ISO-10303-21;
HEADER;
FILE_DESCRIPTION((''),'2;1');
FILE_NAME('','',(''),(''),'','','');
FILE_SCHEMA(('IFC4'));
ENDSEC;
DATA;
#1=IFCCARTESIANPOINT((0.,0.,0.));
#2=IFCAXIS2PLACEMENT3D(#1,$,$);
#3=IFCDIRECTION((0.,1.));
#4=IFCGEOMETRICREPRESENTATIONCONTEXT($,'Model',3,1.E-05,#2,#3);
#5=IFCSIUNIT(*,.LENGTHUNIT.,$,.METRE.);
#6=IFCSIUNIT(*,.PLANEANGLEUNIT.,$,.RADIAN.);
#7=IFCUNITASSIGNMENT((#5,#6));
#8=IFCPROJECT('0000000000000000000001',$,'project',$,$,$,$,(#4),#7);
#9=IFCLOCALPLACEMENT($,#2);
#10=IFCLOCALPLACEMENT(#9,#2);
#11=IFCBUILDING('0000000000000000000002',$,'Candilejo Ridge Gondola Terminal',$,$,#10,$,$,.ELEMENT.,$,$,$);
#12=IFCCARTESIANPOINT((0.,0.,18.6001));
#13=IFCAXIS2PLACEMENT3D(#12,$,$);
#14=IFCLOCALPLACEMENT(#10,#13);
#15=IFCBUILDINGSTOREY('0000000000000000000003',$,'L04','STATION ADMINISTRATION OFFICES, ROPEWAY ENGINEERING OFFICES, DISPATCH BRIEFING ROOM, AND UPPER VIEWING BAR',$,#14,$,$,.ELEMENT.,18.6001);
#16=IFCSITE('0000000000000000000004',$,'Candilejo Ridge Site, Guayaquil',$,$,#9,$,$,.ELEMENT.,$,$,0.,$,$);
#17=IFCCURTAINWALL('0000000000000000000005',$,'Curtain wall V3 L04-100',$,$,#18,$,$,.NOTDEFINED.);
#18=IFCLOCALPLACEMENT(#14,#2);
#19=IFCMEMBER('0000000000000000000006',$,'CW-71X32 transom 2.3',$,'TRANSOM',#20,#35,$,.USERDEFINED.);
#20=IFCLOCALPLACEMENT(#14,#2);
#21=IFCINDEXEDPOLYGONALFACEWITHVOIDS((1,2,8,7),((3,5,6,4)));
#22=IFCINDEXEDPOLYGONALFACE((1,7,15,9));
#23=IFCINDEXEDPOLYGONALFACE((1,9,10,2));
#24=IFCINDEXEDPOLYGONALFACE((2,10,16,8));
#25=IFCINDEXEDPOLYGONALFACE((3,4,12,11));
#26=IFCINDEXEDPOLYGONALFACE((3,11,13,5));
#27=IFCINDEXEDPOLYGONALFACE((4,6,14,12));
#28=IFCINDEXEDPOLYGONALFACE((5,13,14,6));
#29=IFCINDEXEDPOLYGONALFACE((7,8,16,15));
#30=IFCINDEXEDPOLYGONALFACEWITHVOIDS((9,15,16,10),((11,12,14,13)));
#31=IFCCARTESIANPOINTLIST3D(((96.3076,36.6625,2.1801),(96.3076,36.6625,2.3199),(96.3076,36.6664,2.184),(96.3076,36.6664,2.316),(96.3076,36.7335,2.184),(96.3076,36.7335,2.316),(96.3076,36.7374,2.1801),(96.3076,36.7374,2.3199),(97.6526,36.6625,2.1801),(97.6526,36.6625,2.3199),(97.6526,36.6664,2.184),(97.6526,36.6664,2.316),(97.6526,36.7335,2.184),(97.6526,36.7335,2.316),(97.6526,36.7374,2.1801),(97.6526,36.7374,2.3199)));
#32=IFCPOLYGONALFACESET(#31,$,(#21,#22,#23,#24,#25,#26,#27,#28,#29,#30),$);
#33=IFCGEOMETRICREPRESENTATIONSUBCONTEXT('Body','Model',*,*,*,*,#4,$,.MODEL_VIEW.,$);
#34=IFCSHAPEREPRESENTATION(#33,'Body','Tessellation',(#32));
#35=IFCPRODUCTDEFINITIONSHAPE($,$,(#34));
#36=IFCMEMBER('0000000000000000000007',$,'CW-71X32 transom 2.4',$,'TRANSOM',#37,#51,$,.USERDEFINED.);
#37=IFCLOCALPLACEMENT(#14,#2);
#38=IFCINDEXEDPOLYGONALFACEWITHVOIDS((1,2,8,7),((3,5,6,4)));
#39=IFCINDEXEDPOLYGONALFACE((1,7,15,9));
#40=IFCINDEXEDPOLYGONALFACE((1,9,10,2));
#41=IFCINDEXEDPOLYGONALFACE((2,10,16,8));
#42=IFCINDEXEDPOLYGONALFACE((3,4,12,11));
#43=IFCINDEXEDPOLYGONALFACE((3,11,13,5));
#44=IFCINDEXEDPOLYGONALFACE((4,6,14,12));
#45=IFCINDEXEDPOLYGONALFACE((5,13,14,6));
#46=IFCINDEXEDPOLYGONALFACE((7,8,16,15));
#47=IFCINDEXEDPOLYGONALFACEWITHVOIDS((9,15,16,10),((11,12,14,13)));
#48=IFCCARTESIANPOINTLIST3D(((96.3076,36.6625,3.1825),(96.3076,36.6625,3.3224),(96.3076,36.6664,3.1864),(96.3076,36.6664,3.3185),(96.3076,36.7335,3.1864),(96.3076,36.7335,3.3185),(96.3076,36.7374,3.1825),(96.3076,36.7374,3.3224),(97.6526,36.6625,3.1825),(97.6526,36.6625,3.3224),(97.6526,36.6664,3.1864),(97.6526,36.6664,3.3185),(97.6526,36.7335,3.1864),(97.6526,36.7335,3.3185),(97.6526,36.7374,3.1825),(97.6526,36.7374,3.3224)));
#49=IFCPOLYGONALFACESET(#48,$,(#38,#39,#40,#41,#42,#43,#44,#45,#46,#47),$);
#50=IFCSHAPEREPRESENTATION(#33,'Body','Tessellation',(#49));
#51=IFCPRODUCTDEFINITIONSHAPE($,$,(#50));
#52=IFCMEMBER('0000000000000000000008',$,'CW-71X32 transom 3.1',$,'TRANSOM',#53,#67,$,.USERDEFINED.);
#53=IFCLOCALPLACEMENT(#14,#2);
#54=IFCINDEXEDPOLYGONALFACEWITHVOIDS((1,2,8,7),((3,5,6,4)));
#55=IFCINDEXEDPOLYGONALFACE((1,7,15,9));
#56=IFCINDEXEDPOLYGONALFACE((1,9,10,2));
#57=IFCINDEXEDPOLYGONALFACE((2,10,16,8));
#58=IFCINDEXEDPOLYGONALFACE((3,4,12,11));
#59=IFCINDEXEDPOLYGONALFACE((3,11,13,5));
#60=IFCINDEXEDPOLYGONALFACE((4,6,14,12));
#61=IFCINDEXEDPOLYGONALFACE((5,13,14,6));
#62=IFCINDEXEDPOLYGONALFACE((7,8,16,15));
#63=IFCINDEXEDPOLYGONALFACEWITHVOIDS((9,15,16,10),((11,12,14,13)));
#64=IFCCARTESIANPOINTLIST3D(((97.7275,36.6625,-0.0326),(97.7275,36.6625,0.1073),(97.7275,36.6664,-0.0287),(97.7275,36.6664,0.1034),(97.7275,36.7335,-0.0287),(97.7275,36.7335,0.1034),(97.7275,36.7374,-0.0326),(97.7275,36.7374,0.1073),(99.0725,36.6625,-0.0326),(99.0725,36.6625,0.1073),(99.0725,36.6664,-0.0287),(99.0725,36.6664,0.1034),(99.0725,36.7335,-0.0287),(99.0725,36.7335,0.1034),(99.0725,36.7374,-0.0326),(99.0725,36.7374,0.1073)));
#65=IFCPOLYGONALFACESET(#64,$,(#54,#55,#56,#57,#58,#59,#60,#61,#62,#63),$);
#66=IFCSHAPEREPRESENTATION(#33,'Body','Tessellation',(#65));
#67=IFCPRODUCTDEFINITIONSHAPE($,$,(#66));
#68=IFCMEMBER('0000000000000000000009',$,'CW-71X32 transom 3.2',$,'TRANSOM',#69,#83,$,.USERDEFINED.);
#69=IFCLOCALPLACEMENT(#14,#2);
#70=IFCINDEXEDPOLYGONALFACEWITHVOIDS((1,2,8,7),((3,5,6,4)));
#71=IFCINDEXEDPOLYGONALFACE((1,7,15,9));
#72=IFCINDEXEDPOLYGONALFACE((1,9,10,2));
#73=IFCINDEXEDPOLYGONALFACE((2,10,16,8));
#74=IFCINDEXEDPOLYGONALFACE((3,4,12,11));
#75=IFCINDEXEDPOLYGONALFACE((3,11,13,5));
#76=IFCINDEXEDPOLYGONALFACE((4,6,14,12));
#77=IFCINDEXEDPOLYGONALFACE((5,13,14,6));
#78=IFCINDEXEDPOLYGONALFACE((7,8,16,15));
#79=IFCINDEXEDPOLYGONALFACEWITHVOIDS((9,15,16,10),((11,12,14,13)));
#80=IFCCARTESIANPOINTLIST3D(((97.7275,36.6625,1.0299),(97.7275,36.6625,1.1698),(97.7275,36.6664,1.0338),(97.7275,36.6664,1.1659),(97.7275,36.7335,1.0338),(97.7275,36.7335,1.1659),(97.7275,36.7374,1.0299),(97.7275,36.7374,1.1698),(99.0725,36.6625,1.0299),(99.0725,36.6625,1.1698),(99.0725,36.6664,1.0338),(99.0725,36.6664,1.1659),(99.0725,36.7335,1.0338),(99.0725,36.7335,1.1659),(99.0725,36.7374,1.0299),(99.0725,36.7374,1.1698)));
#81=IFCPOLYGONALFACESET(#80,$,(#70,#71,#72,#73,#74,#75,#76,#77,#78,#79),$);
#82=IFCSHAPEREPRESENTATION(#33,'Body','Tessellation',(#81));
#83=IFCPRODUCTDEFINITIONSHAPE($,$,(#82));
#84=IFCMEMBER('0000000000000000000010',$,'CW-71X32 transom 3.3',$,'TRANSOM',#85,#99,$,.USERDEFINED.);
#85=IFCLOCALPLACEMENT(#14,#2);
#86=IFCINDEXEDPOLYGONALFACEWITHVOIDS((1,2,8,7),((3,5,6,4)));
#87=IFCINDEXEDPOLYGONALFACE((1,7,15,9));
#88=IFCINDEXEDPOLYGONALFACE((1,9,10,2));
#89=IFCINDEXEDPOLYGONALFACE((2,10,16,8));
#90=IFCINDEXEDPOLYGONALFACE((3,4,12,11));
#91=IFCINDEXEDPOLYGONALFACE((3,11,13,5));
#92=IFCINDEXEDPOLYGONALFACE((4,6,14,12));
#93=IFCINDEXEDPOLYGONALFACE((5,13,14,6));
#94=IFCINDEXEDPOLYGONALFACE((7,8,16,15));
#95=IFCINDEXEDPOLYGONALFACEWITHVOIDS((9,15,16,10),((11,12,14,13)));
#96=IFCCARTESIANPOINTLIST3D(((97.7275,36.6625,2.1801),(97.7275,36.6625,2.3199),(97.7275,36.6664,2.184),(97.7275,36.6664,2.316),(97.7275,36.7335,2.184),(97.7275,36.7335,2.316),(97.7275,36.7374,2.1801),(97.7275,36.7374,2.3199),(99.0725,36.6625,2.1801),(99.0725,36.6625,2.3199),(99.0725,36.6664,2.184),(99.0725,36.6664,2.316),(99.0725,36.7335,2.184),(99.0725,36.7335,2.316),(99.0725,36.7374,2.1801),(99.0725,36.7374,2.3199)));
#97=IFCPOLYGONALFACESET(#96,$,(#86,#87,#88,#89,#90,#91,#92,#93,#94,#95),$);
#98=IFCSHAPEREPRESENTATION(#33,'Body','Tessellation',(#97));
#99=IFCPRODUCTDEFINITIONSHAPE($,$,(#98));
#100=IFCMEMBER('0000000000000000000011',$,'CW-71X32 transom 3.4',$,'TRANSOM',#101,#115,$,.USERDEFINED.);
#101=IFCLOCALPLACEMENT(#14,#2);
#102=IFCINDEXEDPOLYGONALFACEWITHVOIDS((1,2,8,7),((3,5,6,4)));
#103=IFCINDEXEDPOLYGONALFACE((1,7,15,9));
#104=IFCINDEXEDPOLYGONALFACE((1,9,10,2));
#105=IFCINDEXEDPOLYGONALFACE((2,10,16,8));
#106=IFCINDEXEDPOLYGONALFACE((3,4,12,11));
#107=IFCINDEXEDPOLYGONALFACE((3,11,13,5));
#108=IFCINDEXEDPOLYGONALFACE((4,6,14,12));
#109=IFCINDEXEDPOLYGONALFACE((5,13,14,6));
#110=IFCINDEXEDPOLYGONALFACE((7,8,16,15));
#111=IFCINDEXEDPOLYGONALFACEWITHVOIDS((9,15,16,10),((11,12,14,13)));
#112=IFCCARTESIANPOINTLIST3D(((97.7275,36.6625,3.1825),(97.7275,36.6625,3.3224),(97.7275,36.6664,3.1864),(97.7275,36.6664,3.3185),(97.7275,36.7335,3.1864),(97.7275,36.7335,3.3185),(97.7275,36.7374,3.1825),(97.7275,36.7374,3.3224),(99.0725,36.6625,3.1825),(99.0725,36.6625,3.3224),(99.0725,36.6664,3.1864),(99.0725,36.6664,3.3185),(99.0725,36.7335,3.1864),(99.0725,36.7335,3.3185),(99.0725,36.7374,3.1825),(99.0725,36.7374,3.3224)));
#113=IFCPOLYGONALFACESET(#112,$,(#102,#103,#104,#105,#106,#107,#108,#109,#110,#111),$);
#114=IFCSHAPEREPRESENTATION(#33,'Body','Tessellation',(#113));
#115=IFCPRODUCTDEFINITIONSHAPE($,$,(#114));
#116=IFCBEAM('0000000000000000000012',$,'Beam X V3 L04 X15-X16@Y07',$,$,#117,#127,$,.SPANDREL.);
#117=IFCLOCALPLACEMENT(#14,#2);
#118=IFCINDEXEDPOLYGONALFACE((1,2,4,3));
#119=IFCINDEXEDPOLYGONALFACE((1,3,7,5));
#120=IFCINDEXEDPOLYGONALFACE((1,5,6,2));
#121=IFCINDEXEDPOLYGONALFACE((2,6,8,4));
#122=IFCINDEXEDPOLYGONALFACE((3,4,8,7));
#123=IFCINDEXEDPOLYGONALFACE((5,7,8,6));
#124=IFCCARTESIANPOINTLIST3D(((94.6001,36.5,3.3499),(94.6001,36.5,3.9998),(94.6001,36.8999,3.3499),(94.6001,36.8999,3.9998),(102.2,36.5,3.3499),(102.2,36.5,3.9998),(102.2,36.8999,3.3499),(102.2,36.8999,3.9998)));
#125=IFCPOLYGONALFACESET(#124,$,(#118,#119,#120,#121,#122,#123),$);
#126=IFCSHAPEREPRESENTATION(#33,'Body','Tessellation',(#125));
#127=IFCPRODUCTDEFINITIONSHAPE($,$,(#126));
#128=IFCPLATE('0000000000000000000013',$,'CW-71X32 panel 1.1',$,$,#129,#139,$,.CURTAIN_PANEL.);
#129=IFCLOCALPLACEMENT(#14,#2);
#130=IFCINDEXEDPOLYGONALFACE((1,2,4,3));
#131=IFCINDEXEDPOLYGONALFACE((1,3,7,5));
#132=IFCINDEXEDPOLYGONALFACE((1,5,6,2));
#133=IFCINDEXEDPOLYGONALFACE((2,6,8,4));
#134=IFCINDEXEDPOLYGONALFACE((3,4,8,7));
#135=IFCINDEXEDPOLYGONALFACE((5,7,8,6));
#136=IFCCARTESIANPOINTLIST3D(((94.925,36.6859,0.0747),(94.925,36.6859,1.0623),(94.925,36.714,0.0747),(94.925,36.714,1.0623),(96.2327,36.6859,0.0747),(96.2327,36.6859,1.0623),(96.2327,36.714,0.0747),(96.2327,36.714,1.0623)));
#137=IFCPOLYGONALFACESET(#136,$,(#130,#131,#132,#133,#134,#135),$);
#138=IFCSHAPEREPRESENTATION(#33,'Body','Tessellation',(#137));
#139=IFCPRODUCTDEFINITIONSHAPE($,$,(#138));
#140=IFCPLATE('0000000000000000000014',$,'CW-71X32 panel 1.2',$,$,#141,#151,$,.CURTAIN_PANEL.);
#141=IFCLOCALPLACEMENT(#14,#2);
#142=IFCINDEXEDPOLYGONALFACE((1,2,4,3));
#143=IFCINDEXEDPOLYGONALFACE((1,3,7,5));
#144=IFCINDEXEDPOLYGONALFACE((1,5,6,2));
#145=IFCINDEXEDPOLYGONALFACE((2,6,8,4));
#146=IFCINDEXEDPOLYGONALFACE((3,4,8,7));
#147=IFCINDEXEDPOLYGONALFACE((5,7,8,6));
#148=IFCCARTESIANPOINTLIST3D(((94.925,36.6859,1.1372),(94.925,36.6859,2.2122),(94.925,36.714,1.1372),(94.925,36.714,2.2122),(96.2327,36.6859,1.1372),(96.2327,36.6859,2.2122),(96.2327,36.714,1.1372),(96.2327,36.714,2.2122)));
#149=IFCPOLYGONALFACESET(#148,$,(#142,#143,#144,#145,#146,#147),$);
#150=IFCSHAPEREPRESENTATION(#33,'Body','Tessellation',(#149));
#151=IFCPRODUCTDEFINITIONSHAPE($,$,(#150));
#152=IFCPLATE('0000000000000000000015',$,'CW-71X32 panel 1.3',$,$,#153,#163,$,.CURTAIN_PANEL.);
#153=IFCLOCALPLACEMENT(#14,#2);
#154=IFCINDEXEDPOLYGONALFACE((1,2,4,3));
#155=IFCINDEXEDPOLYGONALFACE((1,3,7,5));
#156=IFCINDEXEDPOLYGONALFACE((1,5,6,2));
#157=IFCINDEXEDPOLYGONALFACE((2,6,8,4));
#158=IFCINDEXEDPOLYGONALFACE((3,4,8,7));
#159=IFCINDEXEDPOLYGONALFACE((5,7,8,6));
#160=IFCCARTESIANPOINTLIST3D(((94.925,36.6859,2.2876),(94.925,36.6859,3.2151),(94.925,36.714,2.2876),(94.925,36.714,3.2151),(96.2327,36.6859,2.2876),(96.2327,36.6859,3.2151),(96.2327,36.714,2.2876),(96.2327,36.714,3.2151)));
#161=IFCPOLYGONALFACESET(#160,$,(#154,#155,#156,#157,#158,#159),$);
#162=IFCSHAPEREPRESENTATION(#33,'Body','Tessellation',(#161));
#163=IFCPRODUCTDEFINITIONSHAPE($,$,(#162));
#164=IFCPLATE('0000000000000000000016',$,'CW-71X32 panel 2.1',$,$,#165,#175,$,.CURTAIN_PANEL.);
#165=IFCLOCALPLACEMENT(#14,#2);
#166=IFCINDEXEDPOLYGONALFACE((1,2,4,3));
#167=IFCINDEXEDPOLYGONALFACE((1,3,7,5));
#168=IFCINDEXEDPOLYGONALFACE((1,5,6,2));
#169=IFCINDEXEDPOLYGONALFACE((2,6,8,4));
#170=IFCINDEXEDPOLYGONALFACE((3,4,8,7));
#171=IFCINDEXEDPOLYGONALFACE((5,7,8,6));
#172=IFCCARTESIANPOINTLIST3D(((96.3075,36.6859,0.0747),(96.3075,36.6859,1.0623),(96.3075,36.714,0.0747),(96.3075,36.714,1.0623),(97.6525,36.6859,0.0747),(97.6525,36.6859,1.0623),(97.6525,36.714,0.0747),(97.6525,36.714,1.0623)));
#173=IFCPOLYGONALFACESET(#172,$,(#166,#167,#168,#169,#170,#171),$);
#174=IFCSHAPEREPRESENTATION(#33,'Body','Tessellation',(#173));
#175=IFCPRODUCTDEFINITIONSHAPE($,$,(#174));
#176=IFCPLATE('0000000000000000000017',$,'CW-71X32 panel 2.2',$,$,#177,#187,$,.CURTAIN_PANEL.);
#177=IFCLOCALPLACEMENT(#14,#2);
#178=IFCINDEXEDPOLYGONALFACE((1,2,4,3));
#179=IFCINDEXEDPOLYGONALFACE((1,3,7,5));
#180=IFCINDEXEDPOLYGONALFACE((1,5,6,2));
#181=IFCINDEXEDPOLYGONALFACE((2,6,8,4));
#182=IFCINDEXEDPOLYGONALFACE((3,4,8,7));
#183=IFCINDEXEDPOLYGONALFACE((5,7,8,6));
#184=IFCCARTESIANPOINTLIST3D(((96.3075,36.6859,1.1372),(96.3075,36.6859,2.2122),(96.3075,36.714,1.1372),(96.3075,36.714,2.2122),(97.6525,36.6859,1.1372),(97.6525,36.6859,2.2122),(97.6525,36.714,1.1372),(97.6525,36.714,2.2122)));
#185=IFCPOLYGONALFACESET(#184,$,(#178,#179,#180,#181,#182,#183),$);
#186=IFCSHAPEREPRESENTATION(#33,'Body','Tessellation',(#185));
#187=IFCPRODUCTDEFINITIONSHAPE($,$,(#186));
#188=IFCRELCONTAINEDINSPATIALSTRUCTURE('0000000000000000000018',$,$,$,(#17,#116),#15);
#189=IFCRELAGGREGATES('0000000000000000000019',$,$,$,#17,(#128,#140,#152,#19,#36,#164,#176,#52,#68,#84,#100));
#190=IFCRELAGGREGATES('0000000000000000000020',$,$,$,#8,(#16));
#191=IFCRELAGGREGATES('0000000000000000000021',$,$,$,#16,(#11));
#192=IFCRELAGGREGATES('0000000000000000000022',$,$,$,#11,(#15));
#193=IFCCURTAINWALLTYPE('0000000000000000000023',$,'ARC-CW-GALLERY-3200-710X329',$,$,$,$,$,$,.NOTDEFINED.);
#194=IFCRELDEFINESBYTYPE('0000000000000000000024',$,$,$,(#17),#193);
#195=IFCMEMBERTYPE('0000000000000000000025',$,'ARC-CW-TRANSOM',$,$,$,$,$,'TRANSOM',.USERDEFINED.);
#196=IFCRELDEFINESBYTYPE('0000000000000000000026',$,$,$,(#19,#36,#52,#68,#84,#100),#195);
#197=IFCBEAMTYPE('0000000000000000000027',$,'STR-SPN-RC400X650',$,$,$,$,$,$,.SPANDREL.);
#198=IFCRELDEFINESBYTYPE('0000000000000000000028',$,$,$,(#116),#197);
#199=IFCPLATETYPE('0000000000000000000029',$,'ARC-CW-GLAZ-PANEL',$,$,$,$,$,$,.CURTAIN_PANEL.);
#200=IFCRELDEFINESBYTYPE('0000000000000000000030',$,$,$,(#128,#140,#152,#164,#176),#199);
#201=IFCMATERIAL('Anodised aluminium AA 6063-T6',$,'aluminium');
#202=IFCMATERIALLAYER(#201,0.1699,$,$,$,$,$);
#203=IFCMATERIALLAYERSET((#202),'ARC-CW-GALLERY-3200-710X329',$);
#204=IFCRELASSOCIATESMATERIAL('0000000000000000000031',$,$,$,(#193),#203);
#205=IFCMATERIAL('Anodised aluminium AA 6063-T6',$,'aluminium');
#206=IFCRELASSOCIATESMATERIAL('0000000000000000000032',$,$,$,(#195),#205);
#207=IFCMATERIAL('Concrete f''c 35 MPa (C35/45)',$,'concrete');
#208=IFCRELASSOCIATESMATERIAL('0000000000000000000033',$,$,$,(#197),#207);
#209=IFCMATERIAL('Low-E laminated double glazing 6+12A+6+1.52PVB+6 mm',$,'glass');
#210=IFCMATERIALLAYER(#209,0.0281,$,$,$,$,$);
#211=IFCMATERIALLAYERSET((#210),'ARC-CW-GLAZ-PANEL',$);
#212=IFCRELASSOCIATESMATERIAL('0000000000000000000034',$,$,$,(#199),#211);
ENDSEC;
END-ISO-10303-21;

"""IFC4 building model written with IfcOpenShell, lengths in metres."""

from ifc_helpers import new_model, si_unit, direction, frame, origin, origin_2d, place, context, subcontext, project, spatial, rectangle, hollow_rectangle, extrude, material, layer, layer_set, material_profile, profile_set, type_object, element, aggregate, save


model = new_model("IFC4")

# Units and contexts
model_context = context("Model", 3, precision=1e-05, world=origin(), true_north=direction((0.0, 1.0)))
body_context = subcontext(model_context, "Body", "Model", "MODEL_VIEW")
ifc_project = project(units=[si_unit("LENGTHUNIT", "METRE"), si_unit("PLANEANGLEUNIT", "RADIAN")], contexts=[model_context])

# Site, building, storey
site_placement = place(None, origin())
site = spatial("IfcSite", under=ifc_project, at=site_placement, Name="Candilejo Ridge Site, Guayaquil", CompositionType="ELEMENT", RefElevation=0.0)
building_placement = place(site_placement, origin())
building = spatial("IfcBuilding", under=site, at=building_placement, Name="Candilejo Ridge Gondola Terminal", CompositionType="ELEMENT")
storey_placement = place(building_placement, frame((0.0, 0.0, 18.6001)))
storey = spatial("IfcBuildingStorey", under=building, at=storey_placement, Name="L04", Description="STATION ADMINISTRATION OFFICES, ROPEWAY ENGINEERING OFFICES, DISPATCH BRIEFING ROOM, AND UPPER VIEWING BAR", CompositionType="ELEMENT", Elevation=18.6001)

# Curtain wall, members
ifc_material_1 = material(Name="Anodised aluminium AA 6063-T6", Category="aluminium")
ifc_layer_1 = layer(ifc_material_1, 0.1699)
ifc_layer_set_1 = layer_set([ifc_layer_1], Name="ARC-CW-GALLERY-3200-710X329")
curtain_wall_type = type_object("IfcCurtainWallType", Name="ARC-CW-GALLERY-3200-710X329", PredefinedType="NOTDEFINED", material=ifc_layer_set_1)
curtain_wall_placement = place(storey_placement, origin())
curtain_wall = element("IfcCurtainWall", 1, at=curtain_wall_placement, inside=storey, type_object=curtain_wall_type, Name="Curtain wall V3 L04-100", PredefinedType="NOTDEFINED")
ifc_material_2 = material(Name="Anodised aluminium AA 6063-T6", Category="aluminium")
ifc_material_profile_1 = material_profile(ifc_material_2, hollow_rectangle(XDim=0.075, YDim=0.1399, WallThickness=0.0039, at=origin_2d()))
ifc_profile_set_1 = profile_set([ifc_material_profile_1], Name="Anodised aluminium AA 6063-T6")
member_type_1 = type_object("IfcMemberType", Name="ARC-CW-TRANSOM", ElementType="TRANSOM", PredefinedType="USERDEFINED", material=ifc_profile_set_1)
member_1_placement = place(storey_placement, frame((96.3076, 36.7, 2.25), z_axis=(1.0, 0.0, 0.0), x_axis=(0.0, 1.0, 0.0)))
member_1 = element("IfcMember", 2, at=member_1_placement, type_object=member_type_1, Name="CW-71X32 transom 2.3", ObjectType="TRANSOM", PredefinedType="USERDEFINED", context=body_context, shape_type="SweptSolid", body=[
    extrude(hollow_rectangle(XDim=0.075, YDim=0.1399, WallThickness=0.0039, at=origin_2d()), origin(), (0.0, 0.0, 1.0), 1.345),
])
member_2_placement = place(storey_placement, frame((96.3076, 36.7, 3.2524), z_axis=(1.0, 0.0, 0.0), x_axis=(0.0, 1.0, 0.0)))
member_2 = element("IfcMember", 3, at=member_2_placement, type_object=member_type_1, Name="CW-71X32 transom 2.4", ObjectType="TRANSOM", PredefinedType="USERDEFINED", context=body_context, shape_type="SweptSolid", body=[
    extrude(hollow_rectangle(XDim=0.075, YDim=0.1399, WallThickness=0.0039, at=origin_2d()), origin(), (0.0, 0.0, 1.0), 1.345),
])
member_3_placement = place(storey_placement, frame((97.7275, 36.7, 0.0374), z_axis=(1.0, 0.0, 0.0), x_axis=(0.0, 1.0, 0.0)))
member_3 = element("IfcMember", 4, at=member_3_placement, type_object=member_type_1, Name="CW-71X32 transom 3.1", ObjectType="TRANSOM", PredefinedType="USERDEFINED", context=body_context, shape_type="SweptSolid", body=[
    extrude(hollow_rectangle(XDim=0.075, YDim=0.1399, WallThickness=0.0039, at=origin_2d()), origin(), (0.0, 0.0, 1.0), 1.345),
])
member_4_placement = place(storey_placement, frame((97.7275, 36.7, 1.0999), z_axis=(1.0, 0.0, 0.0), x_axis=(0.0, 1.0, 0.0)))
member_4 = element("IfcMember", 5, at=member_4_placement, type_object=member_type_1, Name="CW-71X32 transom 3.2", ObjectType="TRANSOM", PredefinedType="USERDEFINED", context=body_context, shape_type="SweptSolid", body=[
    extrude(hollow_rectangle(XDim=0.075, YDim=0.1399, WallThickness=0.0039, at=origin_2d()), origin(), (0.0, 0.0, 1.0), 1.345),
])
member_5_placement = place(storey_placement, frame((97.7275, 36.7, 2.25), z_axis=(1.0, 0.0, 0.0), x_axis=(0.0, 1.0, 0.0)))
member_5 = element("IfcMember", 6, at=member_5_placement, type_object=member_type_1, Name="CW-71X32 transom 3.3", ObjectType="TRANSOM", PredefinedType="USERDEFINED", context=body_context, shape_type="SweptSolid", body=[
    extrude(hollow_rectangle(XDim=0.075, YDim=0.1399, WallThickness=0.0039, at=origin_2d()), origin(), (0.0, 0.0, 1.0), 1.345),
])
member_6_placement = place(storey_placement, frame((97.7275, 36.7, 3.2524), z_axis=(1.0, 0.0, 0.0), x_axis=(0.0, 1.0, 0.0)))
member_6 = element("IfcMember", 7, at=member_6_placement, type_object=member_type_1, Name="CW-71X32 transom 3.4", ObjectType="TRANSOM", PredefinedType="USERDEFINED", context=body_context, shape_type="SweptSolid", body=[
    extrude(hollow_rectangle(XDim=0.075, YDim=0.1399, WallThickness=0.0039, at=origin_2d()), origin(), (0.0, 0.0, 1.0), 1.345),
])

# Beam
ifc_material_3 = material(Name="Concrete f'c 35 MPa (C35/45)", Category="concrete")
ifc_material_profile_2 = material_profile(ifc_material_3, rectangle(XDim=0.3999, YDim=0.6499, at=origin_2d()))
ifc_profile_set_2 = profile_set([ifc_material_profile_2], Name="Concrete f'c 35 MPa (C35/45)")
beam_type = type_object("IfcBeamType", Name="STR-SPN-RC400X650", PredefinedType="SPANDREL", material=ifc_profile_set_2)
beam_placement = place(storey_placement, frame((94.6001, 36.7, 3.6748), z_axis=(1.0, 0.0, 0.0), x_axis=(0.0, 1.0, 0.0)))
element("IfcBeam", 8, at=beam_placement, inside=storey, type_object=beam_type, Name="Beam X V3 L04 X15-X16@Y07", PredefinedType="SPANDREL", context=body_context, shape_type="SweptSolid", body=[
    extrude(rectangle(XDim=0.3999, YDim=0.6499, at=origin_2d()), origin(), (0.0, 0.0, 1.0), 7.5999),
])

# Plates
ifc_material_4 = material(Name="Low-E laminated double glazing 6+12A+6+1.52PVB+6 mm", Category="glass")
ifc_layer_2 = layer(ifc_material_4, 0.0281)
ifc_layer_set_2 = layer_set([ifc_layer_2], Name="ARC-CW-GLAZ-PANEL")
plate_type = type_object("IfcPlateType", Name="ARC-CW-GLAZ-PANEL", PredefinedType="CURTAIN_PANEL", material=ifc_layer_set_2)
plate_1_placement = place(storey_placement, frame((95.5789, 36.7, 0.0747), z_axis=(0.0, 0.0, 1.0), x_axis=(1.0, 0.0, 0.0)))
plate_1 = element("IfcPlate", 9, at=plate_1_placement, type_object=plate_type, Name="CW-71X32 panel 1.1", PredefinedType="CURTAIN_PANEL", context=body_context, shape_type="SweptSolid", body=[
    extrude(rectangle(XDim=1.3076, YDim=0.0281, at=origin_2d()), origin(), (0.0, 0.0, 1.0), 0.9875),
])
plate_2_placement = place(storey_placement, frame((95.5789, 36.7, 1.1372), z_axis=(0.0, 0.0, 1.0), x_axis=(1.0, 0.0, 0.0)))
plate_2 = element("IfcPlate", 10, at=plate_2_placement, type_object=plate_type, Name="CW-71X32 panel 1.2", PredefinedType="CURTAIN_PANEL", context=body_context, shape_type="SweptSolid", body=[
    extrude(rectangle(XDim=1.3076, YDim=0.0281, at=origin_2d()), origin(), (0.0, 0.0, 1.0), 1.075),
])
plate_3_placement = place(storey_placement, frame((95.5789, 36.7, 2.2876), z_axis=(0.0, 0.0, 1.0), x_axis=(1.0, 0.0, 0.0)))
plate_3 = element("IfcPlate", 11, at=plate_3_placement, type_object=plate_type, Name="CW-71X32 panel 1.3", PredefinedType="CURTAIN_PANEL", context=body_context, shape_type="SweptSolid", body=[
    extrude(rectangle(XDim=1.3076, YDim=0.0281, at=origin_2d()), origin(), (0.0, 0.0, 1.0), 0.9275),
])
plate_4_placement = place(storey_placement, frame((96.98, 36.7, 0.0747), z_axis=(0.0, 0.0, 1.0), x_axis=(1.0, 0.0, 0.0)))
plate_4 = element("IfcPlate", 12, at=plate_4_placement, type_object=plate_type, Name="CW-71X32 panel 2.1", PredefinedType="CURTAIN_PANEL", context=body_context, shape_type="SweptSolid", body=[
    extrude(rectangle(XDim=1.345, YDim=0.0281, at=origin_2d()), origin(), (0.0, 0.0, 1.0), 0.9875),
])
plate_5_placement = place(storey_placement, frame((96.98, 36.7, 1.1372), z_axis=(0.0, 0.0, 1.0), x_axis=(1.0, 0.0, 0.0)))
plate_5 = element("IfcPlate", 13, at=plate_5_placement, type_object=plate_type, Name="CW-71X32 panel 2.2", PredefinedType="CURTAIN_PANEL", context=body_context, shape_type="SweptSolid", body=[
    extrude(rectangle(XDim=1.345, YDim=0.0281, at=origin_2d()), origin(), (0.0, 0.0, 1.0), 1.075),
])
aggregate(curtain_wall, [plate_1, plate_2, plate_3, member_1, member_2, plate_4, plate_5, member_3, member_4, member_5, member_6])

save(model, "model.ifc")
